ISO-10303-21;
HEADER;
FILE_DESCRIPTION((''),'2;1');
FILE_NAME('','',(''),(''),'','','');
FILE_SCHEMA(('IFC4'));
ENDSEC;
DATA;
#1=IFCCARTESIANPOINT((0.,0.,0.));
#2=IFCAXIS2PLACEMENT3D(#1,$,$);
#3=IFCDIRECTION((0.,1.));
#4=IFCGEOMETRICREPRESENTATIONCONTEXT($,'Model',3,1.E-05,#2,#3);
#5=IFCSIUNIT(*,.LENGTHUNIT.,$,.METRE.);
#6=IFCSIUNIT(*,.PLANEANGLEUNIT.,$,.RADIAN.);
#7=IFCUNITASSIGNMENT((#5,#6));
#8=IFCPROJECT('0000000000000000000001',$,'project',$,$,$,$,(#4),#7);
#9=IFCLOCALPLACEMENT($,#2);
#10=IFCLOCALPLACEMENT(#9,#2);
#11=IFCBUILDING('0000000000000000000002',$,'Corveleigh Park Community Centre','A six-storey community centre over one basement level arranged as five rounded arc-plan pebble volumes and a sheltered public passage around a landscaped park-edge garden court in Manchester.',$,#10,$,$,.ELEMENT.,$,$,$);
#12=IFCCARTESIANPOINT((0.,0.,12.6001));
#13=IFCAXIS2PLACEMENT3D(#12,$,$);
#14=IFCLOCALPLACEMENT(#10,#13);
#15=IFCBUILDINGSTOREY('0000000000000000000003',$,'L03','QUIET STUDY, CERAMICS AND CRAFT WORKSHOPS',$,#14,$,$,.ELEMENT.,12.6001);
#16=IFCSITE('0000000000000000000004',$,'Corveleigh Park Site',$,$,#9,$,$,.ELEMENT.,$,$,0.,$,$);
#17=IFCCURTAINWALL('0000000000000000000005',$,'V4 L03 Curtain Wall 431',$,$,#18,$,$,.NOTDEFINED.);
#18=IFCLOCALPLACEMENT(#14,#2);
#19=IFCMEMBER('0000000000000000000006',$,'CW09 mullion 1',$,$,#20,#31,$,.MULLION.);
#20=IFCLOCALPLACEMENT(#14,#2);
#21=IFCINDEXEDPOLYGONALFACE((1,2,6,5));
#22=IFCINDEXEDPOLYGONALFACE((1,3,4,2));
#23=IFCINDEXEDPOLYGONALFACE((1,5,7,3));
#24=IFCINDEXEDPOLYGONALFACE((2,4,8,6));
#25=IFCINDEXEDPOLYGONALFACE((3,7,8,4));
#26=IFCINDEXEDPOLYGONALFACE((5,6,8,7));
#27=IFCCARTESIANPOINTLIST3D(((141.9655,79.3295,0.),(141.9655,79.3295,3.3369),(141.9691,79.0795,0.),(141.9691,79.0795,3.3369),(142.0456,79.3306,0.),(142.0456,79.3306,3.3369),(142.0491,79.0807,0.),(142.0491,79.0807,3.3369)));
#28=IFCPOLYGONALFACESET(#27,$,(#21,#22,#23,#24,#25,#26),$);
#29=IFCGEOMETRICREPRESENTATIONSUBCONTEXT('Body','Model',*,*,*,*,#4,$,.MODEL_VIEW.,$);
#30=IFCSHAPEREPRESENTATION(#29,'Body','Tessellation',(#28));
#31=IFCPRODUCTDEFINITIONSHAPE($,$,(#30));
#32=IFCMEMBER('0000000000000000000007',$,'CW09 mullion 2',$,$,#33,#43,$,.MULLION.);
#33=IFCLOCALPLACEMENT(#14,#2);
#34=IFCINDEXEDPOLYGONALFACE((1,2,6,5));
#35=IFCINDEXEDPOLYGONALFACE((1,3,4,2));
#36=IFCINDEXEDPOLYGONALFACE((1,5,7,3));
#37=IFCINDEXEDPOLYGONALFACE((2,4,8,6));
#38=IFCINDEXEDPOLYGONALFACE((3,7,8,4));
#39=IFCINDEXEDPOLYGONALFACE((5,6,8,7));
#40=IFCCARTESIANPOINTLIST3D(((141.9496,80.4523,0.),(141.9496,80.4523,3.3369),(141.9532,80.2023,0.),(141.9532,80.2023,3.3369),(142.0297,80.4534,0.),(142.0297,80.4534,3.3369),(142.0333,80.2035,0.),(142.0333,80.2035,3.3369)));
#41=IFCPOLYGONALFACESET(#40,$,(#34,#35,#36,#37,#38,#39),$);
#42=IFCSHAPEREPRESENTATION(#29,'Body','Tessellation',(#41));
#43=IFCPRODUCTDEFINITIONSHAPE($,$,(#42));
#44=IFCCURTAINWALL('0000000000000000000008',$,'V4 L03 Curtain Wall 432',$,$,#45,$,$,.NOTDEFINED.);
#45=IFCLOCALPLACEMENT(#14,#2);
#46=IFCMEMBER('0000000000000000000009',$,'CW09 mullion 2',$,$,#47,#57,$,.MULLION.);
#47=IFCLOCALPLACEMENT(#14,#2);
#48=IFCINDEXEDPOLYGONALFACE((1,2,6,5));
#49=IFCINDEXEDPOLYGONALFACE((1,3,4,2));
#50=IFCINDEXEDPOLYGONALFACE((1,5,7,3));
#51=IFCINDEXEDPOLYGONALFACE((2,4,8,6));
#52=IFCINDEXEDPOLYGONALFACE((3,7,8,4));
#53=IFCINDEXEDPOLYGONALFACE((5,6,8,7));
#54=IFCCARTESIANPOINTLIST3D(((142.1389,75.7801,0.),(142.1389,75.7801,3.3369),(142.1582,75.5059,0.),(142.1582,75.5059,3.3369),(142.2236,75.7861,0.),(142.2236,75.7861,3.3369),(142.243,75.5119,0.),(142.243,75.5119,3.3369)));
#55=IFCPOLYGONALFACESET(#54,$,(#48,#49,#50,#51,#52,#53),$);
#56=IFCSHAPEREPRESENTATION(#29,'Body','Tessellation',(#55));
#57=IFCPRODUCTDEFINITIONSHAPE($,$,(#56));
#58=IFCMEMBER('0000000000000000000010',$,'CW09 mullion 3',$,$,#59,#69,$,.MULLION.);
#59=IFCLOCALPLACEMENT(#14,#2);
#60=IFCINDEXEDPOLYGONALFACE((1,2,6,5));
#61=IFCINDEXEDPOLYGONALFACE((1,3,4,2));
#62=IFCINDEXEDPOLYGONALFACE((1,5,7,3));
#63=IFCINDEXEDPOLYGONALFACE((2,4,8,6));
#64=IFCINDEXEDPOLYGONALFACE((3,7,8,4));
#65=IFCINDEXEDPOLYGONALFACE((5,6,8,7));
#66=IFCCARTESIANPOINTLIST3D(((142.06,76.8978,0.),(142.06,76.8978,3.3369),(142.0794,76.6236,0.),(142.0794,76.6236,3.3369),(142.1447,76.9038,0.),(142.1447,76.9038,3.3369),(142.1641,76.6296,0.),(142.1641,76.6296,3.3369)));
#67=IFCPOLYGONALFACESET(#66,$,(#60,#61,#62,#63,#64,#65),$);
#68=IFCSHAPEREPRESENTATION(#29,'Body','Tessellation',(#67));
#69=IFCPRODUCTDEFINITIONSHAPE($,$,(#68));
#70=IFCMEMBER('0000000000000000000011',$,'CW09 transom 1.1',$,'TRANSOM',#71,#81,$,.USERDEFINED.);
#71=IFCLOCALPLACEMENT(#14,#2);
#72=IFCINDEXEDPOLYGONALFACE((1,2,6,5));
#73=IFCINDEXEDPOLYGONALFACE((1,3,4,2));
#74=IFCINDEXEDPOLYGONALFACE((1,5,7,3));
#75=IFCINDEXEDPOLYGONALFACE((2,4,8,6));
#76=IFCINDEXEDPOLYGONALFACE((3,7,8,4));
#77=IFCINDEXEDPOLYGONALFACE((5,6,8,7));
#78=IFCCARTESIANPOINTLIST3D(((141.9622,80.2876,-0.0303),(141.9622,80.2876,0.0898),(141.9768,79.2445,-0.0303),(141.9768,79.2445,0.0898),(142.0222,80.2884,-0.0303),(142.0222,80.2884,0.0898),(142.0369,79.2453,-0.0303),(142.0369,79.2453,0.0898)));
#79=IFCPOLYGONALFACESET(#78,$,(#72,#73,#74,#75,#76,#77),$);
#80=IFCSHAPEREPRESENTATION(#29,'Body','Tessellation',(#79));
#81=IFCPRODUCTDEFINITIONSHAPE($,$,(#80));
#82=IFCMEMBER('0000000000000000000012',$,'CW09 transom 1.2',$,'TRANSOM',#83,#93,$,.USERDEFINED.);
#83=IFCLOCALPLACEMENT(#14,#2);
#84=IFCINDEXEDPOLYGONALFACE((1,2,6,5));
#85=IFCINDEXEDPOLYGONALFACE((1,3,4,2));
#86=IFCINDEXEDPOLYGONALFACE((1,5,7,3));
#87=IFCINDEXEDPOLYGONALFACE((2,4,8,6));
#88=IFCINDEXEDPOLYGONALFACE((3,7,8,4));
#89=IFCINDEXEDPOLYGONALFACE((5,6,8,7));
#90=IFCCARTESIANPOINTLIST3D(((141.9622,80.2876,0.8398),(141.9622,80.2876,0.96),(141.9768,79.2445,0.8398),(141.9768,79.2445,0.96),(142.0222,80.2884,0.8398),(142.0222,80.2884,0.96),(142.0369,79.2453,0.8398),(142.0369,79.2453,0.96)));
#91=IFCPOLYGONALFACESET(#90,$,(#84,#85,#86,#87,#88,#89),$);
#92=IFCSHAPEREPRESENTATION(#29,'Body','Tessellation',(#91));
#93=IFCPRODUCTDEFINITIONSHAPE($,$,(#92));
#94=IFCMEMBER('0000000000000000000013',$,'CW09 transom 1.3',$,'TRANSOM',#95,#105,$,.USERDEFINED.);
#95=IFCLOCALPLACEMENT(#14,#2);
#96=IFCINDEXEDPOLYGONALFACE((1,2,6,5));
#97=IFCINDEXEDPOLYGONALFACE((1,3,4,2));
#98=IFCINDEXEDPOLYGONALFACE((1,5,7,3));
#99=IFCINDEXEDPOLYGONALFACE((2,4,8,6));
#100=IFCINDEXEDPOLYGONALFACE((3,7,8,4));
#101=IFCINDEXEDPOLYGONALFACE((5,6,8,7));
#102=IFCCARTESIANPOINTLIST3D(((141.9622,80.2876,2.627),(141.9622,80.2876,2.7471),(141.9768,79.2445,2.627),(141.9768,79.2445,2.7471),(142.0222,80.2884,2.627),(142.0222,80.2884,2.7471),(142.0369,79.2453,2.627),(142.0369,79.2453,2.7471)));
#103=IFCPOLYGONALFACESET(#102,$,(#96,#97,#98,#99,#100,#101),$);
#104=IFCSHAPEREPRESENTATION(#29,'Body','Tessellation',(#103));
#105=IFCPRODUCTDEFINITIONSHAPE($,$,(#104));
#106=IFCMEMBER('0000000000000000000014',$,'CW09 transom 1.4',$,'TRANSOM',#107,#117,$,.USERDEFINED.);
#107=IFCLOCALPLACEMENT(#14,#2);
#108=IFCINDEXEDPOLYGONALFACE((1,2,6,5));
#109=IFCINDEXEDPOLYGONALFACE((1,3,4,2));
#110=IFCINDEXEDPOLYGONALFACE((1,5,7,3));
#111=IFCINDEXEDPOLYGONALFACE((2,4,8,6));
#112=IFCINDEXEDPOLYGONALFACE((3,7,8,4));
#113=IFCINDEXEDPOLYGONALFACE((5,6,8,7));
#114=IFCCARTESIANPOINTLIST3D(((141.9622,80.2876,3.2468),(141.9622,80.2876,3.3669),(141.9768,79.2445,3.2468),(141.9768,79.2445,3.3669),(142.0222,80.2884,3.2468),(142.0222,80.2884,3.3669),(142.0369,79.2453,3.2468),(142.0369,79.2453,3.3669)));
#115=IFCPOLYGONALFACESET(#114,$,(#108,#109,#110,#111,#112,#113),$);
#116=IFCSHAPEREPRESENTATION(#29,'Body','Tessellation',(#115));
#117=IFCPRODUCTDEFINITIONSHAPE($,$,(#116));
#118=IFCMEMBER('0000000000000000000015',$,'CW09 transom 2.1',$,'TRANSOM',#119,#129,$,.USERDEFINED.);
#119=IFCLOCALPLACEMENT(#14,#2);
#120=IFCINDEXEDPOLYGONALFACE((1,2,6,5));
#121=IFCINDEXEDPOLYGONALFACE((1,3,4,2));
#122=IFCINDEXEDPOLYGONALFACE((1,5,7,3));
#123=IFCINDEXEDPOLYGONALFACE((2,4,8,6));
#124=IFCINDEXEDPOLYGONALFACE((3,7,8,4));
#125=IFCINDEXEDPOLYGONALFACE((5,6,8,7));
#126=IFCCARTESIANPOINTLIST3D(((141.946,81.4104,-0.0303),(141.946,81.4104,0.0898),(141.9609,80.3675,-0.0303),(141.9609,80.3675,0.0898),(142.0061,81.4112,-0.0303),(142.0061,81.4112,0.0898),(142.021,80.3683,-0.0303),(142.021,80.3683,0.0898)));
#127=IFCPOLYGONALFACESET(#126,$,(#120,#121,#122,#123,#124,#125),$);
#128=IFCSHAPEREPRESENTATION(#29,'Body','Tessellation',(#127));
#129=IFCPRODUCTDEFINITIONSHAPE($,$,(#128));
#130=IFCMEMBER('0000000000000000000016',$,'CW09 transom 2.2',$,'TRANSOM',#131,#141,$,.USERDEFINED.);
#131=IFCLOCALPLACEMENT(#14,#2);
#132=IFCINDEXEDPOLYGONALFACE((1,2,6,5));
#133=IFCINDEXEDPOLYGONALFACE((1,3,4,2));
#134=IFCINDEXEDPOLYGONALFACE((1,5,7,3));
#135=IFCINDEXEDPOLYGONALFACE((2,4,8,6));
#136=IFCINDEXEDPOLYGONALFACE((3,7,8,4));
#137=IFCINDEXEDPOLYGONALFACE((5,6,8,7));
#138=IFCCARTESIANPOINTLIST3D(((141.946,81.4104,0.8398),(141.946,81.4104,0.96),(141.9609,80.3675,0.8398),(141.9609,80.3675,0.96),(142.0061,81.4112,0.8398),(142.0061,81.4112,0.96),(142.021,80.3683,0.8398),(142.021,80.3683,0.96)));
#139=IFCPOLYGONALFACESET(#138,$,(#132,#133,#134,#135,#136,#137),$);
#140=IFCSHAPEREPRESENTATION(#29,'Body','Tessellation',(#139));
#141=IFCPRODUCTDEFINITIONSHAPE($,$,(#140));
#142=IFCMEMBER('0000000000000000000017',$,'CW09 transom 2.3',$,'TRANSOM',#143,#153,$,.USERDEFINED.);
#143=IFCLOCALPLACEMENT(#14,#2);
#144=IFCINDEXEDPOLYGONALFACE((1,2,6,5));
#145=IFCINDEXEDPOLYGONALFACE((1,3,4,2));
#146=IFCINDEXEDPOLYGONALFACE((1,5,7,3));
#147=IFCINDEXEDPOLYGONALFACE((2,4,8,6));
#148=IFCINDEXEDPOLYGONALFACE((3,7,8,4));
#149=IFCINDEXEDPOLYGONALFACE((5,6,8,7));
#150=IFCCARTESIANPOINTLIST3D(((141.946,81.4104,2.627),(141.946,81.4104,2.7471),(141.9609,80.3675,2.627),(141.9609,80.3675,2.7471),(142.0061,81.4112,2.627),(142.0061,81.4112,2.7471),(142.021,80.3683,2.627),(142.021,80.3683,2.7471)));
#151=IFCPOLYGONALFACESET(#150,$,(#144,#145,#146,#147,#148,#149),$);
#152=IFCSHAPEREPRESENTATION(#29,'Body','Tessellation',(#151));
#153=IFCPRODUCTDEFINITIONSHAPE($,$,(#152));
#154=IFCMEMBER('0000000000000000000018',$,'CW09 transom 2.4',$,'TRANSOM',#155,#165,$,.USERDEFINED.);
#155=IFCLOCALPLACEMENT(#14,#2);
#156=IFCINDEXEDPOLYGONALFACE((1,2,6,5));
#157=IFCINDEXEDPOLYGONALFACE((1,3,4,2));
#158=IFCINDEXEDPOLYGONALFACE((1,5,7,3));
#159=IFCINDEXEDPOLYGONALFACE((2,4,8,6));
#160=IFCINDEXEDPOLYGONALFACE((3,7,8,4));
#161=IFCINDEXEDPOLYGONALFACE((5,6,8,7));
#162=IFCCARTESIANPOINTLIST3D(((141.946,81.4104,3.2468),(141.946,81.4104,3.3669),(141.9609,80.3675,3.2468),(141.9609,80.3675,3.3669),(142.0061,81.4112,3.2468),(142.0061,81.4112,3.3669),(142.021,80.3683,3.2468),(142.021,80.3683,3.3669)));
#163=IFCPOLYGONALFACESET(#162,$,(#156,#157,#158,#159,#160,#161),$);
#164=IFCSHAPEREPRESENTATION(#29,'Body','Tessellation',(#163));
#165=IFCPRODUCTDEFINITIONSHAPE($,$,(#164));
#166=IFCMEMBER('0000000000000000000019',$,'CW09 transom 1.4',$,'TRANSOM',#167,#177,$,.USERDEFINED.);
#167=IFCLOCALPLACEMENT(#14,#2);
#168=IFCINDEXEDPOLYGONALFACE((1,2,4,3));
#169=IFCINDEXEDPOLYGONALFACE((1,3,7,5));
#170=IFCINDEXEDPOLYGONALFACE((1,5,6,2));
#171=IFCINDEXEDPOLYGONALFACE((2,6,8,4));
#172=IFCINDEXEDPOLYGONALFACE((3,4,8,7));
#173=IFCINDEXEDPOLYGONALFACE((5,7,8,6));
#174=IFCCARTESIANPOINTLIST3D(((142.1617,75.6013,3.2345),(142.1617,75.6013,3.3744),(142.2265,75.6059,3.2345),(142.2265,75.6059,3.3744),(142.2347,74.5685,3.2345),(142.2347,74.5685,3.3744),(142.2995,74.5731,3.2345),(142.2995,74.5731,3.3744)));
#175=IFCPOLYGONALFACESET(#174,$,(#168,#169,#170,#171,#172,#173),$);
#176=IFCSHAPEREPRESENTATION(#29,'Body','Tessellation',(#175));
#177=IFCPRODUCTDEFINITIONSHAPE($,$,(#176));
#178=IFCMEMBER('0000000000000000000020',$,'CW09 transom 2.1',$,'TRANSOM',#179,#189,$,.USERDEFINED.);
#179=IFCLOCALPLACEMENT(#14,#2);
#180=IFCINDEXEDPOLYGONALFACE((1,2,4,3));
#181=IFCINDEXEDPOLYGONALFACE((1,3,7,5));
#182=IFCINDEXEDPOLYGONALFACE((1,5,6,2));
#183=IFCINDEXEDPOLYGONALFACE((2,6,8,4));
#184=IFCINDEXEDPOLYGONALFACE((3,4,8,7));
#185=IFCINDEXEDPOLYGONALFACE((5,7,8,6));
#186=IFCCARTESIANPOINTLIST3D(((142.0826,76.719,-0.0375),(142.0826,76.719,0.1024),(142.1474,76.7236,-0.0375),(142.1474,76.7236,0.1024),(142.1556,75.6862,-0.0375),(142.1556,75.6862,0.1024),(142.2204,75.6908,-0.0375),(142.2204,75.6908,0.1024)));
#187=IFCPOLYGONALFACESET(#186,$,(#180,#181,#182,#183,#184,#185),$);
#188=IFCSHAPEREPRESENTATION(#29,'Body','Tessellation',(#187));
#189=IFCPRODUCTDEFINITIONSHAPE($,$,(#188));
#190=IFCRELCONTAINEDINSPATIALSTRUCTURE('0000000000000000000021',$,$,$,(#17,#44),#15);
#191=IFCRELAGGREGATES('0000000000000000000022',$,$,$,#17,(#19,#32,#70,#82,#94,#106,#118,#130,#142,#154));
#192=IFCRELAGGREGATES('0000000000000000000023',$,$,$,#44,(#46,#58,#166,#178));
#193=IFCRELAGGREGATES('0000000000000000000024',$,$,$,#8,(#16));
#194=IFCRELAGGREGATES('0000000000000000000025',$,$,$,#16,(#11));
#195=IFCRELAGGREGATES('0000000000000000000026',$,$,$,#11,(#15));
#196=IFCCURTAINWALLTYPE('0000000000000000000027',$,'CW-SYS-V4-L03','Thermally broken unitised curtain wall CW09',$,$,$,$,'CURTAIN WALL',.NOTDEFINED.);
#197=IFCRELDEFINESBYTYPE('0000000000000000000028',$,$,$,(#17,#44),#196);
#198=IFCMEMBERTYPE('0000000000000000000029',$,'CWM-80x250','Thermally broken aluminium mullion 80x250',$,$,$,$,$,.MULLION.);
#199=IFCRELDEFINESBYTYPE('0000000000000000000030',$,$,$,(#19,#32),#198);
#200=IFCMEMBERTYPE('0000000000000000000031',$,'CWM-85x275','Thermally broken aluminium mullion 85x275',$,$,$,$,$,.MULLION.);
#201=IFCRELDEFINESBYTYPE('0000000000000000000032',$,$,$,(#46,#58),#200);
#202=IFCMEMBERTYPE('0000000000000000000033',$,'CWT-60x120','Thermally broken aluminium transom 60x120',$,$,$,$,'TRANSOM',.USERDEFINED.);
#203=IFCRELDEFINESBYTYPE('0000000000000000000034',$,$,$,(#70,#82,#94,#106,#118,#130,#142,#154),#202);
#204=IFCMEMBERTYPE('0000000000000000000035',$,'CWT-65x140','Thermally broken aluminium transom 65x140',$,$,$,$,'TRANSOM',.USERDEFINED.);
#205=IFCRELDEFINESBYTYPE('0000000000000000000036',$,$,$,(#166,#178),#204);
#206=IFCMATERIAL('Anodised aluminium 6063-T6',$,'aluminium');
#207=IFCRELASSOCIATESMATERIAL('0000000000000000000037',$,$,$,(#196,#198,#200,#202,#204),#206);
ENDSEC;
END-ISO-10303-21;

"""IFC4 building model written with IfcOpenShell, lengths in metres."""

from ifc_helpers import new_model, si_unit, direction, frame, origin, origin_2d, place, context, subcontext, project, spatial, rectangle, extrude, material, material_profile, profile_set, type_object, element, aggregate, save


model = new_model("IFC4")

# Units and contexts
model_context = context("Model", 3, precision=1e-05, world=origin(), true_north=direction((0.0, 1.0)))
body_context = subcontext(model_context, "Body", "Model", "MODEL_VIEW")
ifc_project = project(units=[si_unit("LENGTHUNIT", "METRE"), si_unit("PLANEANGLEUNIT", "RADIAN")], contexts=[model_context])

# Site, building, storey
site_placement = place(None, origin())
site = spatial("IfcSite", under=ifc_project, at=site_placement, Name="Corveleigh Park Site", CompositionType="ELEMENT", RefElevation=0.0)
building_placement = place(site_placement, origin())
building = spatial("IfcBuilding", under=site, at=building_placement, Name="Corveleigh Park Community Centre", Description="A six-storey community centre over one basement level arranged as five rounded arc-plan pebble volumes and a sheltered public passage around a landscaped park-edge garden court in Manchester.", CompositionType="ELEMENT")
storey_placement = place(building_placement, frame((0.0, 0.0, 12.6001)))
storey = spatial("IfcBuildingStorey", under=building, at=storey_placement, Name="L03", Description="QUIET STUDY, CERAMICS AND CRAFT WORKSHOPS", CompositionType="ELEMENT", Elevation=12.6001)

# Curtain walls, members
ifc_material_1 = material(Name="Anodised aluminium 6063-T6", Category="aluminium")
curtain_wall_type = type_object("IfcCurtainWallType", Name="CW-SYS-V4-L03", Description="Thermally broken unitised curtain wall CW09", ElementType="CURTAIN WALL", PredefinedType="NOTDEFINED", material=ifc_material_1)
curtain_wall_1_placement = place(storey_placement, origin())
curtain_wall_1 = element("IfcCurtainWall", 1, at=curtain_wall_1_placement, inside=storey, type_object=curtain_wall_type, Name="V4 L03 Curtain Wall 431", PredefinedType="NOTDEFINED")
ifc_material_profile_1 = material_profile(ifc_material_1, rectangle(XDim=0.0801, YDim=0.25, at=origin_2d()), Name="ALU-M80x250", Category="aluminium")
ifc_profile_set_1 = profile_set([ifc_material_profile_1], Name="Anodised aluminium 6063-T6")
member_type_1 = type_object("IfcMemberType", Name="CWM-80x250", Description="Thermally broken aluminium mullion 80x250", PredefinedType="MULLION", material=ifc_profile_set_1)
member_1_placement = place(storey_placement, frame((142.0073, 79.2051, 0.0), z_axis=(0.0, 0.0, 1.0), x_axis=(-0.999899, -0.014186, 0.0)))
member_1 = element("IfcMember", 2, at=member_1_placement, type_object=member_type_1, Name="CW09 mullion 1", PredefinedType="MULLION", context=body_context, shape_type="SweptSolid", body=[
    extrude(rectangle(XDim=0.0801, YDim=0.25, at=origin_2d()), origin(), (0.0, 0.0, 1.0), 3.3369),
])
member_2_placement = place(storey_placement, frame((141.9915, 80.3279, 0.0), z_axis=(0.0, 0.0, 1.0), x_axis=(-0.999899, -0.014186, 0.0)))
member_2 = element("IfcMember", 3, at=member_2_placement, type_object=member_type_1, Name="CW09 mullion 2", PredefinedType="MULLION", context=body_context, shape_type="SweptSolid", body=[
    extrude(rectangle(XDim=0.0801, YDim=0.25, at=origin_2d()), origin(), (0.0, 0.0, 1.0), 3.3369),
])
curtain_wall_2_placement = place(storey_placement, origin())
curtain_wall_2 = element("IfcCurtainWall", 4, at=curtain_wall_2_placement, inside=storey, type_object=curtain_wall_type, Name="V4 L03 Curtain Wall 432", PredefinedType="NOTDEFINED")
ifc_material_profile_2 = material_profile(ifc_material_1, rectangle(XDim=0.085, YDim=0.2749, at=origin_2d()), Name="ALU-M85x275", Category="aluminium")
ifc_profile_set_2 = profile_set([ifc_material_profile_2], Name="Anodised aluminium 6063-T6")
member_type_2 = type_object("IfcMemberType", Name="CWM-85x275", Description="Thermally broken aluminium mullion 85x275", PredefinedType="MULLION", material=ifc_profile_set_2)
member_3_placement = place(storey_placement, frame((142.1909, 75.646, 0.0), z_axis=(0.0, 0.0, 1.0), x_axis=(-0.997511, -0.070514, 0.0)))
member_3 = element("IfcMember", 5, at=member_3_placement, type_object=member_type_2, Name="CW09 mullion 2", PredefinedType="MULLION", context=body_context, shape_type="SweptSolid", body=[
    extrude(rectangle(XDim=0.085, YDim=0.2749, at=origin_2d()), origin(), (0.0, 0.0, 1.0), 3.3369),
])
member_4_placement = place(storey_placement, frame((142.1121, 76.7637, 0.0), z_axis=(0.0, 0.0, 1.0), x_axis=(-0.997511, -0.070514, 0.0)))
member_4 = element("IfcMember", 6, at=member_4_placement, type_object=member_type_2, Name="CW09 mullion 3", PredefinedType="MULLION", context=body_context, shape_type="SweptSolid", body=[
    extrude(rectangle(XDim=0.085, YDim=0.2749, at=origin_2d()), origin(), (0.0, 0.0, 1.0), 3.3369),
])

# Members
ifc_material_profile_3 = material_profile(ifc_material_1, rectangle(XDim=0.0601, YDim=0.1201, at=origin_2d()), Name="ALU-T60x120", Category="aluminium")
ifc_profile_set_3 = profile_set([ifc_material_profile_3], Name="Anodised aluminium 6063-T6")
member_type_3 = type_object("IfcMemberType", Name="CWT-60x120", Description="Thermally broken aluminium transom 60x120", ElementType="TRANSOM", PredefinedType="USERDEFINED", material=ifc_profile_set_3)
member_5_placement = place(storey_placement, frame((142.0068, 79.2449, 0.0298), z_axis=(-0.01404, 0.999901, 0.0), x_axis=(-0.999901, -0.01404, 0.0)))
member_5 = element("IfcMember", 7, at=member_5_placement, type_object=member_type_3, Name="CW09 transom 1.1", ObjectType="TRANSOM", PredefinedType="USERDEFINED", context=body_context, shape_type="SweptSolid", body=[
    extrude(rectangle(XDim=0.0601, YDim=0.1201, at=origin_2d()), origin(), (0.0, 0.0, 1.0), 1.0432),
])
member_6_placement = place(storey_placement, frame((142.0068, 79.2449, 0.8999), z_axis=(-0.01404, 0.999901, 0.0), x_axis=(-0.999901, -0.01404, 0.0)))
member_6 = element("IfcMember", 8, at=member_6_placement, type_object=member_type_3, Name="CW09 transom 1.2", ObjectType="TRANSOM", PredefinedType="USERDEFINED", context=body_context, shape_type="SweptSolid", body=[
    extrude(rectangle(XDim=0.0601, YDim=0.1201, at=origin_2d()), origin(), (0.0, 0.0, 1.0), 1.0432),
])
member_7_placement = place(storey_placement, frame((142.0068, 79.2449, 2.687), z_axis=(-0.01404, 0.999901, 0.0), x_axis=(-0.999901, -0.01404, 0.0)))
member_7 = element("IfcMember", 9, at=member_7_placement, type_object=member_type_3, Name="CW09 transom 1.3", ObjectType="TRANSOM", PredefinedType="USERDEFINED", context=body_context, shape_type="SweptSolid", body=[
    extrude(rectangle(XDim=0.0601, YDim=0.1201, at=origin_2d()), origin(), (0.0, 0.0, 1.0), 1.0432),
])
member_8_placement = place(storey_placement, frame((142.0068, 79.2449, 3.3069), z_axis=(-0.01404, 0.999901, 0.0), x_axis=(-0.999901, -0.01404, 0.0)))
member_8 = element("IfcMember", 10, at=member_8_placement, type_object=member_type_3, Name="CW09 transom 1.4", ObjectType="TRANSOM", PredefinedType="USERDEFINED", context=body_context, shape_type="SweptSolid", body=[
    extrude(rectangle(XDim=0.0601, YDim=0.1201, at=origin_2d()), origin(), (0.0, 0.0, 1.0), 1.0432),
])
member_9_placement = place(storey_placement, frame((141.991, 80.3679, 0.0298), z_axis=(-0.014278, 0.999898, 0.0), x_axis=(-0.999898, -0.014278, 0.0)))
member_9 = element("IfcMember", 11, at=member_9_placement, type_object=member_type_3, Name="CW09 transom 2.1", ObjectType="TRANSOM", PredefinedType="USERDEFINED", context=body_context, shape_type="SweptSolid", body=[
    extrude(rectangle(XDim=0.0601, YDim=0.1201, at=origin_2d()), origin(), (0.0, 0.0, 1.0), 1.043),
])
member_10_placement = place(storey_placement, frame((141.991, 80.3679, 0.8999), z_axis=(-0.014278, 0.999898, 0.0), x_axis=(-0.999898, -0.014278, 0.0)))
member_10 = element("IfcMember", 12, at=member_10_placement, type_object=member_type_3, Name="CW09 transom 2.2", ObjectType="TRANSOM", PredefinedType="USERDEFINED", context=body_context, shape_type="SweptSolid", body=[
    extrude(rectangle(XDim=0.0601, YDim=0.1201, at=origin_2d()), origin(), (0.0, 0.0, 1.0), 1.043),
])
member_11_placement = place(storey_placement, frame((141.991, 80.3679, 2.687), z_axis=(-0.014278, 0.999898, 0.0), x_axis=(-0.999898, -0.014278, 0.0)))
member_11 = element("IfcMember", 13, at=member_11_placement, type_object=member_type_3, Name="CW09 transom 2.3", ObjectType="TRANSOM", PredefinedType="USERDEFINED", context=body_context, shape_type="SweptSolid", body=[
    extrude(rectangle(XDim=0.0601, YDim=0.1201, at=origin_2d()), origin(), (0.0, 0.0, 1.0), 1.043),
])
member_12_placement = place(storey_placement, frame((141.991, 80.3679, 3.3069), z_axis=(-0.014278, 0.999898, 0.0), x_axis=(-0.999898, -0.014278, 0.0)))
member_12 = element("IfcMember", 14, at=member_12_placement, type_object=member_type_3, Name="CW09 transom 2.4", ObjectType="TRANSOM", PredefinedType="USERDEFINED", context=body_context, shape_type="SweptSolid", body=[
    extrude(rectangle(XDim=0.0601, YDim=0.1201, at=origin_2d()), origin(), (0.0, 0.0, 1.0), 1.043),
])
ifc_material_profile_4 = material_profile(ifc_material_1, rectangle(XDim=0.0649, YDim=0.1399, at=origin_2d()), Name="ALU-T65x140", Category="aluminium")
ifc_profile_set_4 = profile_set([ifc_material_profile_4], Name="Anodised aluminium 6063-T6")
member_type_4 = type_object("IfcMemberType", Name="CWT-65x140", Description="Thermally broken aluminium transom 65x140", ElementType="TRANSOM", PredefinedType="USERDEFINED", material=ifc_profile_set_4)
member_13_placement = place(storey_placement, frame((142.2671, 74.5708, 3.3044), z_axis=(-0.07051, 0.997511, 0.0), x_axis=(-0.997511, -0.07051, 0.0)))
member_13 = element("IfcMember", 15, at=member_13_placement, type_object=member_type_4, Name="CW09 transom 1.4", ObjectType="TRANSOM", PredefinedType="USERDEFINED", context=body_context, shape_type="SweptSolid", body=[
    extrude(rectangle(XDim=0.0649, YDim=0.1399, at=origin_2d()), origin(), (0.0, 0.0, 1.0), 1.0354),
])
member_14_placement = place(storey_placement, frame((142.188, 75.6885, 0.0325), z_axis=(-0.07051, 0.997511, 0.0), x_axis=(-0.997511, -0.07051, 0.0)))
member_14 = element("IfcMember", 16, at=member_14_placement, type_object=member_type_4, Name="CW09 transom 2.1", ObjectType="TRANSOM", PredefinedType="USERDEFINED", context=body_context, shape_type="SweptSolid", body=[
    extrude(rectangle(XDim=0.0649, YDim=0.1399, at=origin_2d()), origin(), (0.0, 0.0, 1.0), 1.0354),
])

aggregate(curtain_wall_1, [member_1, member_2, member_5, member_6, member_7, member_8, member_9, member_10, member_11, member_12])
aggregate(curtain_wall_2, [member_3, member_4, member_13, member_14])

save(model, "model.ifc")
